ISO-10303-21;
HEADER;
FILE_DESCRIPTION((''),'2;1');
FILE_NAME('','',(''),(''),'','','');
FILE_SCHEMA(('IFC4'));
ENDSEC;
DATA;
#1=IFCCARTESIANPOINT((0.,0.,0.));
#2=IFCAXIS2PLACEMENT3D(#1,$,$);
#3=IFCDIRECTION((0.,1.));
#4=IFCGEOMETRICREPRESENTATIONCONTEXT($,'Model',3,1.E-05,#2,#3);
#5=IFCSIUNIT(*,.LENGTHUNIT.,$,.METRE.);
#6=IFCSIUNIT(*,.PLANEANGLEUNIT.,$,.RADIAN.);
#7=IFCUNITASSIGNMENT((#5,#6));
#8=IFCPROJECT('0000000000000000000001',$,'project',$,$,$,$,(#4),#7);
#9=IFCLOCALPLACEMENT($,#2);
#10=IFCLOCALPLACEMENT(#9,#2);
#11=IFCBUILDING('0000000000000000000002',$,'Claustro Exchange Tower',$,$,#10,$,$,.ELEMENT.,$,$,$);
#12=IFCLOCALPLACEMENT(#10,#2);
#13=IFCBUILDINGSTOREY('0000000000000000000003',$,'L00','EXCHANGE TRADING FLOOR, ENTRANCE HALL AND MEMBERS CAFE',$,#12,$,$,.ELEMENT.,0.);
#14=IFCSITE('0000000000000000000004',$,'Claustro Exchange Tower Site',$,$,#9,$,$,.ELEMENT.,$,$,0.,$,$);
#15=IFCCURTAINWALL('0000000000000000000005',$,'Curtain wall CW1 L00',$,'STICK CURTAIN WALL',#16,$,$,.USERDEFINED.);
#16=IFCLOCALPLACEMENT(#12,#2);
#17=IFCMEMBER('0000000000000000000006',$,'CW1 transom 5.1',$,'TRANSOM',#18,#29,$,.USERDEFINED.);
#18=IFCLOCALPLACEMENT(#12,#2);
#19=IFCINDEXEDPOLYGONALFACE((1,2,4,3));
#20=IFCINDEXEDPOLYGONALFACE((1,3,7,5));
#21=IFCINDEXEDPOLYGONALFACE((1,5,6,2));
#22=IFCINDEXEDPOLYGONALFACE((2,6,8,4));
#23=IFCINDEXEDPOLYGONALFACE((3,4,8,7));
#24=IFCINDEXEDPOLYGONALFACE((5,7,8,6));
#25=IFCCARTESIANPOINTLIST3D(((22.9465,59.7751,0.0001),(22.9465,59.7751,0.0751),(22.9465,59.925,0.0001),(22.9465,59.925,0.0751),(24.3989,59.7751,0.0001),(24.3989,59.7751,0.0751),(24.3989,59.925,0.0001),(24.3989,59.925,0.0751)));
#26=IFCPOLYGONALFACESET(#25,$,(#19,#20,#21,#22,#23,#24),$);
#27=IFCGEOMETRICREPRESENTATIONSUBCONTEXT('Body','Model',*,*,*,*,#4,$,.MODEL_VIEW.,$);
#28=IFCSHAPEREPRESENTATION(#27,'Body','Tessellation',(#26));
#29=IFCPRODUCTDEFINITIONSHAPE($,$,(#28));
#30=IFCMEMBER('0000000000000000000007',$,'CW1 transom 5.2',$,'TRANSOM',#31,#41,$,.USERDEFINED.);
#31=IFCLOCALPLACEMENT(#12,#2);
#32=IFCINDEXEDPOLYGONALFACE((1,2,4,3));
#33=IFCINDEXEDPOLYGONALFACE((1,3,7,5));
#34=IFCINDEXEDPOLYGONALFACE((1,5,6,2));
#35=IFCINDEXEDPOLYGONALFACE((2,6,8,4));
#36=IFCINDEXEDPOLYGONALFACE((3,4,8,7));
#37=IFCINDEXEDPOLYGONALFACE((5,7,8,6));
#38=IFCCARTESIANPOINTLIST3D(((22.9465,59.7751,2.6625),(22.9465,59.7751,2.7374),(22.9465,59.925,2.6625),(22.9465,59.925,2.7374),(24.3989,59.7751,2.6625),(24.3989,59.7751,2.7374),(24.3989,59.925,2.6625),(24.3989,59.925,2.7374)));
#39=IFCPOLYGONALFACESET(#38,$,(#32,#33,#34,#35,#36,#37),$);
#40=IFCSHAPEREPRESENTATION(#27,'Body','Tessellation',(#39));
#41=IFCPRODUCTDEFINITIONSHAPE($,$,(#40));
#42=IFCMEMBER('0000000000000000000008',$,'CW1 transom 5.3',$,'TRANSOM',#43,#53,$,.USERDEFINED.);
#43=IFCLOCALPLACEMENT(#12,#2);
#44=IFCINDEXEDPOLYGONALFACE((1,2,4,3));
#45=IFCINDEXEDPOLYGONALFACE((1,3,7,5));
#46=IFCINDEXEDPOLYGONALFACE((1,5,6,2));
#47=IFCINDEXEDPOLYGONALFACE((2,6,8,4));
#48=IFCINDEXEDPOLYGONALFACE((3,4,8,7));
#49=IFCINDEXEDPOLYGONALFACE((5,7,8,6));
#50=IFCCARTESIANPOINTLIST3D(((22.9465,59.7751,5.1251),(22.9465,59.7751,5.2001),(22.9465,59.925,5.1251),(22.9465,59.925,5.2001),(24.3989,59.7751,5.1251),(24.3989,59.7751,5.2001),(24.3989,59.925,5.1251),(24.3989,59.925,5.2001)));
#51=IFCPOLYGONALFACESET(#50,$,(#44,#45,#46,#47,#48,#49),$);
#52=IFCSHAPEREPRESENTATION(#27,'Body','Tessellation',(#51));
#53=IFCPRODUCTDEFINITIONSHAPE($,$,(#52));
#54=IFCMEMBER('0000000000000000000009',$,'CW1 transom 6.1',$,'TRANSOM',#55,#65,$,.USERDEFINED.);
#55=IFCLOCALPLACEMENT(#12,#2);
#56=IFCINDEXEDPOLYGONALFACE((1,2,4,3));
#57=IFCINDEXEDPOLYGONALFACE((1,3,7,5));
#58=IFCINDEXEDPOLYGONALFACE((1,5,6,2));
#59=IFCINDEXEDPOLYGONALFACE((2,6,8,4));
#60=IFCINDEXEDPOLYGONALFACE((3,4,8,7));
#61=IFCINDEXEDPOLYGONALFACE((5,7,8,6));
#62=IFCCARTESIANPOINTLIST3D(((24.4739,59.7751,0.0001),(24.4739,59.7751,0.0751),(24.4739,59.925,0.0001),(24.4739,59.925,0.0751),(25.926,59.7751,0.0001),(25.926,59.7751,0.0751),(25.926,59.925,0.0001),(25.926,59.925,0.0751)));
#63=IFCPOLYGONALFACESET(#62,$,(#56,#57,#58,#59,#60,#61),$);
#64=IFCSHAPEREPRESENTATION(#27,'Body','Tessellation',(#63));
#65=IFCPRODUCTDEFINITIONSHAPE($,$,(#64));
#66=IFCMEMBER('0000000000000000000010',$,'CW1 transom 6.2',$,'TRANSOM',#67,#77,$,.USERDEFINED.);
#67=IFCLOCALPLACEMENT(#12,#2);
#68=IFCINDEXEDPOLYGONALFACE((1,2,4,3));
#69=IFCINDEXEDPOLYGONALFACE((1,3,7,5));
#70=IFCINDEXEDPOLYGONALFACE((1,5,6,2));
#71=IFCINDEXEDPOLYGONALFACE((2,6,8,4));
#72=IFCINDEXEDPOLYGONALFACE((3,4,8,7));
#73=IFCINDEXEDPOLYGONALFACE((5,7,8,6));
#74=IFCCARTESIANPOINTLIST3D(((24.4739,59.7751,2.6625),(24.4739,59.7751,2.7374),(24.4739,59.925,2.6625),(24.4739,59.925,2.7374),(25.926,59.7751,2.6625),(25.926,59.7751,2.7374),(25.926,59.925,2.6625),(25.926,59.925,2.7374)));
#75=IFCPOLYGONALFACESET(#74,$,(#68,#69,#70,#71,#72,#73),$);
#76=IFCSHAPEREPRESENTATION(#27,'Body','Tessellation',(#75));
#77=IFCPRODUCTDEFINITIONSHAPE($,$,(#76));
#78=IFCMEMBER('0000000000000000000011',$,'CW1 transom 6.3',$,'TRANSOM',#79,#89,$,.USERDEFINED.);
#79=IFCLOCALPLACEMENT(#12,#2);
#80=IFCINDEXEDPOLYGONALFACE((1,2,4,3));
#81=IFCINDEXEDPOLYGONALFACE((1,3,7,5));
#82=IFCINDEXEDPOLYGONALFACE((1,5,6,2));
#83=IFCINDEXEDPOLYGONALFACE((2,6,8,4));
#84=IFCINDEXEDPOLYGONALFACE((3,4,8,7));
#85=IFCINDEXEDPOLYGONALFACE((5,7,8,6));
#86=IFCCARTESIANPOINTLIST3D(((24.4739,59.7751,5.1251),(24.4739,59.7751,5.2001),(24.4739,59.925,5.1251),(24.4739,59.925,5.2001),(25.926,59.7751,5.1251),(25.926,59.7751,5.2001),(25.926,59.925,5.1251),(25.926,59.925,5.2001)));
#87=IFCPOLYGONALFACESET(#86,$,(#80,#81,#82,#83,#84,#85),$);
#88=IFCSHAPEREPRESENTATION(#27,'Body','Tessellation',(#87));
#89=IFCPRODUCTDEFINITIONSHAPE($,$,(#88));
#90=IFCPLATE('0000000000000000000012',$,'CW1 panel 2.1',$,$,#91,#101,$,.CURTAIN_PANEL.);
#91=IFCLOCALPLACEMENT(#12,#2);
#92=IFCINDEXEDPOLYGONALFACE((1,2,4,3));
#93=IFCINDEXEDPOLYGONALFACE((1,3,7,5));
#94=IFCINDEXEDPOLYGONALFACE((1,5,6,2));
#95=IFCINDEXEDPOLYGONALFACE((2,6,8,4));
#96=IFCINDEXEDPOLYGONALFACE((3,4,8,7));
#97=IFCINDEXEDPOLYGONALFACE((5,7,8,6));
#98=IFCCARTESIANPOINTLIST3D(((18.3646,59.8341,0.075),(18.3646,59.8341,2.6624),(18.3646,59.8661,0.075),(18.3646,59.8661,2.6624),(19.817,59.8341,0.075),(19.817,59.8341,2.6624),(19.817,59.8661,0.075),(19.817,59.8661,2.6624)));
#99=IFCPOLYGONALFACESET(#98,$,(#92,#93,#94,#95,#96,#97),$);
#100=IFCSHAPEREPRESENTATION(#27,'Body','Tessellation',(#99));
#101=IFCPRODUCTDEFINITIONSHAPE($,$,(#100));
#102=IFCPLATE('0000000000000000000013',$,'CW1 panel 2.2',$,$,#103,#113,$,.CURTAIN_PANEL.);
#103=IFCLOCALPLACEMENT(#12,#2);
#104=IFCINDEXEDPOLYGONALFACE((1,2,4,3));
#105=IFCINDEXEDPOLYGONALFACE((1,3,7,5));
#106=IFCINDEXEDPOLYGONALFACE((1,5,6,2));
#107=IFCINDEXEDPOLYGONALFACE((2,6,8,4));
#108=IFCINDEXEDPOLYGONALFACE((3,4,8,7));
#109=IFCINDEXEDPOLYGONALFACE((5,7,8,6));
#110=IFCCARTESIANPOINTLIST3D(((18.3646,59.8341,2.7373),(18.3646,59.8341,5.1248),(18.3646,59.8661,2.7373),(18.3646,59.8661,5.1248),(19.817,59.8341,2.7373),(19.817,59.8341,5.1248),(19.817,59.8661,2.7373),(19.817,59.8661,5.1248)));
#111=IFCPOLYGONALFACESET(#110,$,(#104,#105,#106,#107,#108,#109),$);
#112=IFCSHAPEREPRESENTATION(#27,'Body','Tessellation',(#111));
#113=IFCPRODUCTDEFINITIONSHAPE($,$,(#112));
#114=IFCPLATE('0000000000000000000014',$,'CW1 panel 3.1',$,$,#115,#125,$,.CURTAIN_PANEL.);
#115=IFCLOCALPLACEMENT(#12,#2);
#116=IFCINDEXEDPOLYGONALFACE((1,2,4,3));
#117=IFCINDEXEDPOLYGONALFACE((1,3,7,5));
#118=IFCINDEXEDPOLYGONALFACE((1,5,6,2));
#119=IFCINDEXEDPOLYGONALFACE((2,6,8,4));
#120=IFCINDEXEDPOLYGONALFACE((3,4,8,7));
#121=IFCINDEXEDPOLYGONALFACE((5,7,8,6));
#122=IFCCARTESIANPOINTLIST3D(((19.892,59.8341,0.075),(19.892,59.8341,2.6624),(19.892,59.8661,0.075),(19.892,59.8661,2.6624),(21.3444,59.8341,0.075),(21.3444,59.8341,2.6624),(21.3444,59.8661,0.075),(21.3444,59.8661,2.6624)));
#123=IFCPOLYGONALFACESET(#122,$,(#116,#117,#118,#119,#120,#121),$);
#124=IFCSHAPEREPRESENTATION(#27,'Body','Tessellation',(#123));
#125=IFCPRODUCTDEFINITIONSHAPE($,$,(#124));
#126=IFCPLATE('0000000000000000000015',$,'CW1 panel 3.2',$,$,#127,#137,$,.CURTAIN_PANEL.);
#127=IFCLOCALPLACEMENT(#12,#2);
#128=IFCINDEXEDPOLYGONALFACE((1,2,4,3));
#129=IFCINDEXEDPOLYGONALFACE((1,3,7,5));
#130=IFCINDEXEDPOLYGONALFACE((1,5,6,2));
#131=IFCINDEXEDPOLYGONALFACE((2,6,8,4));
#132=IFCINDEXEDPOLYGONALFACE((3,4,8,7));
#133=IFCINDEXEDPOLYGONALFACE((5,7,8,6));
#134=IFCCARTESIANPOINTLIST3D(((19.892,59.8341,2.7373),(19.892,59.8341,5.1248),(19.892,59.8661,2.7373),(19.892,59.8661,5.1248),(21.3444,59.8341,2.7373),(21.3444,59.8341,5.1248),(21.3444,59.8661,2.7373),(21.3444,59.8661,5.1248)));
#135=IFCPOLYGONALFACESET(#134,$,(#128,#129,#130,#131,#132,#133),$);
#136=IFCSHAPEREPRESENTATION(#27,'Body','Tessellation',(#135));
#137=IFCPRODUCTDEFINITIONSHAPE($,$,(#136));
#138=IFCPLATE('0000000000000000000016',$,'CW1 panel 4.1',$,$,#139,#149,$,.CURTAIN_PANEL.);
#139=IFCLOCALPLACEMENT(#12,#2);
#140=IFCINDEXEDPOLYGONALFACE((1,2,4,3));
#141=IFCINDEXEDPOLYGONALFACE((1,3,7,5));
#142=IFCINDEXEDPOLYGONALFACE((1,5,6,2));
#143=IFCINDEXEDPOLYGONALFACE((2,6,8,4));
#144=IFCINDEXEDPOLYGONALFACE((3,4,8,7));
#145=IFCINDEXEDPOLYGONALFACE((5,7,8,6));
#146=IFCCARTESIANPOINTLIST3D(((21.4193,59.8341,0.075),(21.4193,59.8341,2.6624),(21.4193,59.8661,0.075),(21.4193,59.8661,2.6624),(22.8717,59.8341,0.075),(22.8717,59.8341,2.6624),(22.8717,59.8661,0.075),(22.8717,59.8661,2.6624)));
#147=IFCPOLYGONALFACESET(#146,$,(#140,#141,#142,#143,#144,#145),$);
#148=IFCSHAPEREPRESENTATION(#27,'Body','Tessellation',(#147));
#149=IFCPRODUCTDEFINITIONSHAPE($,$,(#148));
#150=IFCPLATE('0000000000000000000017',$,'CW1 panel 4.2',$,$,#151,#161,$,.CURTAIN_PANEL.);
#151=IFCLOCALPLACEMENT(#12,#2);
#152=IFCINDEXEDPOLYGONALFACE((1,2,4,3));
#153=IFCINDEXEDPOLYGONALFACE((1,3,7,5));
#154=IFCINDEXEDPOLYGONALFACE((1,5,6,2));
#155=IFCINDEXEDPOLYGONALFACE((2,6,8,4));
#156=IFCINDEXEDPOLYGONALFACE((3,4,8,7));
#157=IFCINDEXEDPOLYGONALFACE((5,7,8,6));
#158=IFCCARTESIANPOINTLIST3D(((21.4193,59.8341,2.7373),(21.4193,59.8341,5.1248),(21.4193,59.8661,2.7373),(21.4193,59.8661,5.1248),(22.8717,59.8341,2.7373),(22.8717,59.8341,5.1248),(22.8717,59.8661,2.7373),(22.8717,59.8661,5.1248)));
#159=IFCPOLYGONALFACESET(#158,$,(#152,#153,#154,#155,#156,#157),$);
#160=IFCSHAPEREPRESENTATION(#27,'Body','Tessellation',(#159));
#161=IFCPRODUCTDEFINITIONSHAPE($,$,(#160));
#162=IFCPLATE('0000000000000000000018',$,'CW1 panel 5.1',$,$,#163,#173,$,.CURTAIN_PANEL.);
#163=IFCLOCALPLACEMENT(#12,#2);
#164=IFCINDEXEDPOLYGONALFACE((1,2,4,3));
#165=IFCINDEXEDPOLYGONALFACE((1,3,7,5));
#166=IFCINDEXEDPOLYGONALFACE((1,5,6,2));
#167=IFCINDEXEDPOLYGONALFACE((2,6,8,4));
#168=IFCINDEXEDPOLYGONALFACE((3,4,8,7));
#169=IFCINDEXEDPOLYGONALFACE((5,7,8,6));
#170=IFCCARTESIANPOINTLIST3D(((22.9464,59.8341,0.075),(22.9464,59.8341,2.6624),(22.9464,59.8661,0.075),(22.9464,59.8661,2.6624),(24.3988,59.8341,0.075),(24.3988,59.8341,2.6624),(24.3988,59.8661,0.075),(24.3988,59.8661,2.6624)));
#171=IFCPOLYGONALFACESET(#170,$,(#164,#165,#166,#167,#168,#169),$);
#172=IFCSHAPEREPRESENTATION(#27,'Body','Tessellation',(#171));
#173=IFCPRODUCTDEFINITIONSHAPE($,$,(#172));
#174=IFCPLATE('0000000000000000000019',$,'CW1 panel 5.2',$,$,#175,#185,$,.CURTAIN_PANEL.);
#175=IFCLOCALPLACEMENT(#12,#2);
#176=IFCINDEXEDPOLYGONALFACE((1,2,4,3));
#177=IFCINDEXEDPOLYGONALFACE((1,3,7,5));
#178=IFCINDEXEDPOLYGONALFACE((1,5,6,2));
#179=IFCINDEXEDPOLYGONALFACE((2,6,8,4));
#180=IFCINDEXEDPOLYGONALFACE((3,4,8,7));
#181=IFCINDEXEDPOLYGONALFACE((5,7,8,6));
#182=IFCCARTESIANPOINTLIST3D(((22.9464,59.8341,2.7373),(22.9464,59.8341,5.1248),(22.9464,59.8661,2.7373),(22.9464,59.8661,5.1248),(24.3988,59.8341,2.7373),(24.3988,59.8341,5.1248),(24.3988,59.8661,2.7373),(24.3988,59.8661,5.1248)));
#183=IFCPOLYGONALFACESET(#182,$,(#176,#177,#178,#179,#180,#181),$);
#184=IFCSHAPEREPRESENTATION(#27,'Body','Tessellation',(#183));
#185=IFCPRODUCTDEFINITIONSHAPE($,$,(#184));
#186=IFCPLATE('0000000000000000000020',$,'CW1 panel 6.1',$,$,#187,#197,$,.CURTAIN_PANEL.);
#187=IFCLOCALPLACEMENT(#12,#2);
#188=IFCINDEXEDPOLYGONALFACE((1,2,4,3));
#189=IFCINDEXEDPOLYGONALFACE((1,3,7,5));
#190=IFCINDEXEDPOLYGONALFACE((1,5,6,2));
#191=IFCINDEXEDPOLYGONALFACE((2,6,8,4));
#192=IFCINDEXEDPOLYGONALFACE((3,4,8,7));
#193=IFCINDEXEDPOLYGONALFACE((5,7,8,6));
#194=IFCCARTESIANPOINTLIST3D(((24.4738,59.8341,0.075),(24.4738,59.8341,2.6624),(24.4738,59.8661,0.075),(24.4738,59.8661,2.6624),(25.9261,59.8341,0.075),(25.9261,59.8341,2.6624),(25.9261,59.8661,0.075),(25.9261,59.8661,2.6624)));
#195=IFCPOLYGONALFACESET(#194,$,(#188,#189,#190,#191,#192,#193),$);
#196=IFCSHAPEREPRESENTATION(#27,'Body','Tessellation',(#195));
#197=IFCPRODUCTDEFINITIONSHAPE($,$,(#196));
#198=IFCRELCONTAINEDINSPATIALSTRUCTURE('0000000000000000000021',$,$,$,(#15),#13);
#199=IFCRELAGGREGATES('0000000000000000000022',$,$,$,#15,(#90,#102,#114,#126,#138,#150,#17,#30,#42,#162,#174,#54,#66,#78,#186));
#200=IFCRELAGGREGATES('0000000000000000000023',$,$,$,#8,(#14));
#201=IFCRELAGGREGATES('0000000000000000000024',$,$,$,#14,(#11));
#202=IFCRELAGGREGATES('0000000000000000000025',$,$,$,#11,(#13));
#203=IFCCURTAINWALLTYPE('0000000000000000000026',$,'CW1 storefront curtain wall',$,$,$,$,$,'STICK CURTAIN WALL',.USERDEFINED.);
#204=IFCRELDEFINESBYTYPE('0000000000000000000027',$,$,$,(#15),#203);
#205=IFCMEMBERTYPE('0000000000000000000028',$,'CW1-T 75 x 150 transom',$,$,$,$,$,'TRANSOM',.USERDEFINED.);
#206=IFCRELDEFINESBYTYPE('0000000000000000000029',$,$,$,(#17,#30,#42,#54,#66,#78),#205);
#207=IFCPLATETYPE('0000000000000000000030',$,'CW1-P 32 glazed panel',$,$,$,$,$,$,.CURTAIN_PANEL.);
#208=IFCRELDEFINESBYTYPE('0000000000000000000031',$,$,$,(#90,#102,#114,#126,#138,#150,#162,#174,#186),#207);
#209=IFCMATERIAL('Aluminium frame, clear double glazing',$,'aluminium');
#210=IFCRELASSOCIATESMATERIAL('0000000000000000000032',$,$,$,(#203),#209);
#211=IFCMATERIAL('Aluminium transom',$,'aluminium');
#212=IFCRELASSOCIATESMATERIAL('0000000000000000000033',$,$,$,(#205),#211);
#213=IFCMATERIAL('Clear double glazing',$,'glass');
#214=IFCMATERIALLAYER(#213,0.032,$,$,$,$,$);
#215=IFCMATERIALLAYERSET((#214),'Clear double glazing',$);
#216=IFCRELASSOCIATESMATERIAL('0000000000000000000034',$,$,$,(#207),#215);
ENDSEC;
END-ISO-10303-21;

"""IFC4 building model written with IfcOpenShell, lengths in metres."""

from ifc_helpers import new_model, si_unit, direction, frame, origin, origin_2d, place, context, subcontext, project, spatial, rectangle, extrude, material, layer, layer_set, material_profile, profile_set, type_object, element, aggregate, save


model = new_model("IFC4")

# Units and contexts
model_context = context("Model", 3, precision=1e-05, world=origin(), true_north=direction((0.0, 1.0)))
body_context = subcontext(model_context, "Body", "Model", "MODEL_VIEW")
ifc_project = project(units=[si_unit("LENGTHUNIT", "METRE"), si_unit("PLANEANGLEUNIT", "RADIAN")], contexts=[model_context])

# Site, building, storey
site_placement = place(None, origin())
site = spatial("IfcSite", under=ifc_project, at=site_placement, Name="Claustro Exchange Tower Site", CompositionType="ELEMENT", RefElevation=0.0)
building_placement = place(site_placement, origin())
building = spatial("IfcBuilding", under=site, at=building_placement, Name="Claustro Exchange Tower", CompositionType="ELEMENT")
storey_placement = place(building_placement, origin())
storey = spatial("IfcBuildingStorey", under=building, at=storey_placement, Name="L00", Description="EXCHANGE TRADING FLOOR, ENTRANCE HALL AND MEMBERS CAFE", CompositionType="ELEMENT", Elevation=0.0)

# Curtain wall, members, plates
ifc_material_1 = material(Name="Aluminium frame, clear double glazing", Category="aluminium")
curtain_wall_type = type_object("IfcCurtainWallType", Name="CW1 storefront curtain wall", ElementType="STICK CURTAIN WALL", PredefinedType="USERDEFINED", material=ifc_material_1)
curtain_wall_placement = place(storey_placement, origin())
curtain_wall = element("IfcCurtainWall", 1, at=curtain_wall_placement, inside=storey, type_object=curtain_wall_type, Name="Curtain wall CW1 L00", ObjectType="STICK CURTAIN WALL", PredefinedType="USERDEFINED")
ifc_material_2 = material(Name="Aluminium transom", Category="aluminium")
ifc_material_profile_1 = material_profile(ifc_material_2, rectangle(XDim=0.1499, YDim=0.075, at=origin_2d()), Name="CW1-T 75x150")
ifc_profile_set_1 = profile_set([ifc_material_profile_1], Name="Aluminium transom")
member_type_1 = type_object("IfcMemberType", Name="CW1-T 75 x 150 transom", ElementType="TRANSOM", PredefinedType="USERDEFINED", material=ifc_profile_set_1)
member_1_placement = place(storey_placement, frame((22.9465, 59.8501, 0.0376), z_axis=(1.0, 0.0, 0.0), x_axis=(0.0, 1.0, 0.0)))
member_1 = element("IfcMember", 2, at=member_1_placement, type_object=member_type_1, Name="CW1 transom 5.1", ObjectType="TRANSOM", PredefinedType="USERDEFINED", context=body_context, shape_type="SweptSolid", body=[
    extrude(rectangle(XDim=0.1499, YDim=0.075, at=origin_2d()), origin(), (0.0, 0.0, 1.0), 1.4524),
])
member_2_placement = place(storey_placement, frame((22.9465, 59.8501, 2.7), z_axis=(1.0, 0.0, 0.0), x_axis=(0.0, 1.0, 0.0)))
member_2 = element("IfcMember", 3, at=member_2_placement, type_object=member_type_1, Name="CW1 transom 5.2", ObjectType="TRANSOM", PredefinedType="USERDEFINED", context=body_context, shape_type="SweptSolid", body=[
    extrude(rectangle(XDim=0.1499, YDim=0.075, at=origin_2d()), origin(), (0.0, 0.0, 1.0), 1.4524),
])
member_3_placement = place(storey_placement, frame((22.9465, 59.8501, 5.1626), z_axis=(1.0, 0.0, 0.0), x_axis=(0.0, 1.0, 0.0)))
member_3 = element("IfcMember", 4, at=member_3_placement, type_object=member_type_1, Name="CW1 transom 5.3", ObjectType="TRANSOM", PredefinedType="USERDEFINED", context=body_context, shape_type="SweptSolid", body=[
    extrude(rectangle(XDim=0.1499, YDim=0.075, at=origin_2d()), origin(), (0.0, 0.0, 1.0), 1.4524),
])
member_4_placement = place(storey_placement, frame((24.4739, 59.8501, 0.0376), z_axis=(1.0, 0.0, 0.0), x_axis=(0.0, 1.0, 0.0)))
member_4 = element("IfcMember", 5, at=member_4_placement, type_object=member_type_1, Name="CW1 transom 6.1", ObjectType="TRANSOM", PredefinedType="USERDEFINED", context=body_context, shape_type="SweptSolid", body=[
    extrude(rectangle(XDim=0.1499, YDim=0.075, at=origin_2d()), origin(), (0.0, 0.0, 1.0), 1.4521),
])
member_5_placement = place(storey_placement, frame((24.4739, 59.8501, 2.7), z_axis=(1.0, 0.0, 0.0), x_axis=(0.0, 1.0, 0.0)))
member_5 = element("IfcMember", 6, at=member_5_placement, type_object=member_type_1, Name="CW1 transom 6.2", ObjectType="TRANSOM", PredefinedType="USERDEFINED", context=body_context, shape_type="SweptSolid", body=[
    extrude(rectangle(XDim=0.1499, YDim=0.075, at=origin_2d()), origin(), (0.0, 0.0, 1.0), 1.4521),
])
member_6_placement = place(storey_placement, frame((24.4739, 59.8501, 5.1626), z_axis=(1.0, 0.0, 0.0), x_axis=(0.0, 1.0, 0.0)))
member_6 = element("IfcMember", 7, at=member_6_placement, type_object=member_type_1, Name="CW1 transom 6.3", ObjectType="TRANSOM", PredefinedType="USERDEFINED", context=body_context, shape_type="SweptSolid", body=[
    extrude(rectangle(XDim=0.1499, YDim=0.075, at=origin_2d()), origin(), (0.0, 0.0, 1.0), 1.4521),
])
ifc_material_3 = material(Name="Clear double glazing", Category="glass")
ifc_layer = layer(ifc_material_3, 0.032)
ifc_layer_set = layer_set([ifc_layer], Name="Clear double glazing")
plate_type = type_object("IfcPlateType", Name="CW1-P 32 glazed panel", PredefinedType="CURTAIN_PANEL", material=ifc_layer_set)
plate_1_placement = place(storey_placement, frame((19.0908, 59.8501, 0.075), z_axis=(0.0, 0.0, 1.0), x_axis=(1.0, 0.0, 0.0)))
plate_1 = element("IfcPlate", 8, at=plate_1_placement, type_object=plate_type, Name="CW1 panel 2.1", PredefinedType="CURTAIN_PANEL", context=body_context, shape_type="SweptSolid", body=[
    extrude(rectangle(XDim=1.4524, YDim=0.032, at=origin_2d()), origin(), (0.0, 0.0, 1.0), 2.5874),
])
plate_2_placement = place(storey_placement, frame((19.0908, 59.8501, 2.7373), z_axis=(0.0, 0.0, 1.0), x_axis=(1.0, 0.0, 0.0)))
plate_2 = element("IfcPlate", 9, at=plate_2_placement, type_object=plate_type, Name="CW1 panel 2.2", PredefinedType="CURTAIN_PANEL", context=body_context, shape_type="SweptSolid", body=[
    extrude(rectangle(XDim=1.4524, YDim=0.032, at=origin_2d()), origin(), (0.0, 0.0, 1.0), 2.3875),
])
plate_3_placement = place(storey_placement, frame((20.6182, 59.8501, 0.075), z_axis=(0.0, 0.0, 1.0), x_axis=(1.0, 0.0, 0.0)))
plate_3 = element("IfcPlate", 10, at=plate_3_placement, type_object=plate_type, Name="CW1 panel 3.1", PredefinedType="CURTAIN_PANEL", context=body_context, shape_type="SweptSolid", body=[
    extrude(rectangle(XDim=1.4524, YDim=0.032, at=origin_2d()), origin(), (0.0, 0.0, 1.0), 2.5874),
])
plate_4_placement = place(storey_placement, frame((20.6182, 59.8501, 2.7373), z_axis=(0.0, 0.0, 1.0), x_axis=(1.0, 0.0, 0.0)))
plate_4 = element("IfcPlate", 11, at=plate_4_placement, type_object=plate_type, Name="CW1 panel 3.2", PredefinedType="CURTAIN_PANEL", context=body_context, shape_type="SweptSolid", body=[
    extrude(rectangle(XDim=1.4524, YDim=0.032, at=origin_2d()), origin(), (0.0, 0.0, 1.0), 2.3875),
])
plate_5_placement = place(storey_placement, frame((22.1455, 59.8501, 0.075), z_axis=(0.0, 0.0, 1.0), x_axis=(1.0, 0.0, 0.0)))
plate_5 = element("IfcPlate", 12, at=plate_5_placement, type_object=plate_type, Name="CW1 panel 4.1", PredefinedType="CURTAIN_PANEL", context=body_context, shape_type="SweptSolid", body=[
    extrude(rectangle(XDim=1.4524, YDim=0.032, at=origin_2d()), origin(), (0.0, 0.0, 1.0), 2.5874),
])
plate_6_placement = place(storey_placement, frame((22.1455, 59.8501, 2.7373), z_axis=(0.0, 0.0, 1.0), x_axis=(1.0, 0.0, 0.0)))
plate_6 = element("IfcPlate", 13, at=plate_6_placement, type_object=plate_type, Name="CW1 panel 4.2", PredefinedType="CURTAIN_PANEL", context=body_context, shape_type="SweptSolid", body=[
    extrude(rectangle(XDim=1.4524, YDim=0.032, at=origin_2d()), origin(), (0.0, 0.0, 1.0), 2.3875),
])
plate_7_placement = place(storey_placement, frame((23.6726, 59.8501, 0.075), z_axis=(0.0, 0.0, 1.0), x_axis=(1.0, 0.0, 0.0)))
plate_7 = element("IfcPlate", 14, at=plate_7_placement, type_object=plate_type, Name="CW1 panel 5.1", PredefinedType="CURTAIN_PANEL", context=body_context, shape_type="SweptSolid", body=[
    extrude(rectangle(XDim=1.4524, YDim=0.032, at=origin_2d()), origin(), (0.0, 0.0, 1.0), 2.5874),
])
plate_8_placement = place(storey_placement, frame((23.6726, 59.8501, 2.7373), z_axis=(0.0, 0.0, 1.0), x_axis=(1.0, 0.0, 0.0)))
plate_8 = element("IfcPlate", 15, at=plate_8_placement, type_object=plate_type, Name="CW1 panel 5.2", PredefinedType="CURTAIN_PANEL", context=body_context, shape_type="SweptSolid", body=[
    extrude(rectangle(XDim=1.4524, YDim=0.032, at=origin_2d()), origin(), (0.0, 0.0, 1.0), 2.3875),
])
plate_9_placement = place(storey_placement, frame((25.2, 59.8501, 0.075), z_axis=(0.0, 0.0, 1.0), x_axis=(1.0, 0.0, 0.0)))
plate_9 = element("IfcPlate", 16, at=plate_9_placement, type_object=plate_type, Name="CW1 panel 6.1", PredefinedType="CURTAIN_PANEL", context=body_context, shape_type="SweptSolid", body=[
    extrude(rectangle(XDim=1.4524, YDim=0.032, at=origin_2d()), origin(), (0.0, 0.0, 1.0), 2.5874),
])
aggregate(curtain_wall, [plate_1, plate_2, plate_3, plate_4, plate_5, plate_6, member_1, member_2, member_3, plate_7, plate_8, member_4, member_5, member_6, plate_9])

save(model, "model.ifc")
